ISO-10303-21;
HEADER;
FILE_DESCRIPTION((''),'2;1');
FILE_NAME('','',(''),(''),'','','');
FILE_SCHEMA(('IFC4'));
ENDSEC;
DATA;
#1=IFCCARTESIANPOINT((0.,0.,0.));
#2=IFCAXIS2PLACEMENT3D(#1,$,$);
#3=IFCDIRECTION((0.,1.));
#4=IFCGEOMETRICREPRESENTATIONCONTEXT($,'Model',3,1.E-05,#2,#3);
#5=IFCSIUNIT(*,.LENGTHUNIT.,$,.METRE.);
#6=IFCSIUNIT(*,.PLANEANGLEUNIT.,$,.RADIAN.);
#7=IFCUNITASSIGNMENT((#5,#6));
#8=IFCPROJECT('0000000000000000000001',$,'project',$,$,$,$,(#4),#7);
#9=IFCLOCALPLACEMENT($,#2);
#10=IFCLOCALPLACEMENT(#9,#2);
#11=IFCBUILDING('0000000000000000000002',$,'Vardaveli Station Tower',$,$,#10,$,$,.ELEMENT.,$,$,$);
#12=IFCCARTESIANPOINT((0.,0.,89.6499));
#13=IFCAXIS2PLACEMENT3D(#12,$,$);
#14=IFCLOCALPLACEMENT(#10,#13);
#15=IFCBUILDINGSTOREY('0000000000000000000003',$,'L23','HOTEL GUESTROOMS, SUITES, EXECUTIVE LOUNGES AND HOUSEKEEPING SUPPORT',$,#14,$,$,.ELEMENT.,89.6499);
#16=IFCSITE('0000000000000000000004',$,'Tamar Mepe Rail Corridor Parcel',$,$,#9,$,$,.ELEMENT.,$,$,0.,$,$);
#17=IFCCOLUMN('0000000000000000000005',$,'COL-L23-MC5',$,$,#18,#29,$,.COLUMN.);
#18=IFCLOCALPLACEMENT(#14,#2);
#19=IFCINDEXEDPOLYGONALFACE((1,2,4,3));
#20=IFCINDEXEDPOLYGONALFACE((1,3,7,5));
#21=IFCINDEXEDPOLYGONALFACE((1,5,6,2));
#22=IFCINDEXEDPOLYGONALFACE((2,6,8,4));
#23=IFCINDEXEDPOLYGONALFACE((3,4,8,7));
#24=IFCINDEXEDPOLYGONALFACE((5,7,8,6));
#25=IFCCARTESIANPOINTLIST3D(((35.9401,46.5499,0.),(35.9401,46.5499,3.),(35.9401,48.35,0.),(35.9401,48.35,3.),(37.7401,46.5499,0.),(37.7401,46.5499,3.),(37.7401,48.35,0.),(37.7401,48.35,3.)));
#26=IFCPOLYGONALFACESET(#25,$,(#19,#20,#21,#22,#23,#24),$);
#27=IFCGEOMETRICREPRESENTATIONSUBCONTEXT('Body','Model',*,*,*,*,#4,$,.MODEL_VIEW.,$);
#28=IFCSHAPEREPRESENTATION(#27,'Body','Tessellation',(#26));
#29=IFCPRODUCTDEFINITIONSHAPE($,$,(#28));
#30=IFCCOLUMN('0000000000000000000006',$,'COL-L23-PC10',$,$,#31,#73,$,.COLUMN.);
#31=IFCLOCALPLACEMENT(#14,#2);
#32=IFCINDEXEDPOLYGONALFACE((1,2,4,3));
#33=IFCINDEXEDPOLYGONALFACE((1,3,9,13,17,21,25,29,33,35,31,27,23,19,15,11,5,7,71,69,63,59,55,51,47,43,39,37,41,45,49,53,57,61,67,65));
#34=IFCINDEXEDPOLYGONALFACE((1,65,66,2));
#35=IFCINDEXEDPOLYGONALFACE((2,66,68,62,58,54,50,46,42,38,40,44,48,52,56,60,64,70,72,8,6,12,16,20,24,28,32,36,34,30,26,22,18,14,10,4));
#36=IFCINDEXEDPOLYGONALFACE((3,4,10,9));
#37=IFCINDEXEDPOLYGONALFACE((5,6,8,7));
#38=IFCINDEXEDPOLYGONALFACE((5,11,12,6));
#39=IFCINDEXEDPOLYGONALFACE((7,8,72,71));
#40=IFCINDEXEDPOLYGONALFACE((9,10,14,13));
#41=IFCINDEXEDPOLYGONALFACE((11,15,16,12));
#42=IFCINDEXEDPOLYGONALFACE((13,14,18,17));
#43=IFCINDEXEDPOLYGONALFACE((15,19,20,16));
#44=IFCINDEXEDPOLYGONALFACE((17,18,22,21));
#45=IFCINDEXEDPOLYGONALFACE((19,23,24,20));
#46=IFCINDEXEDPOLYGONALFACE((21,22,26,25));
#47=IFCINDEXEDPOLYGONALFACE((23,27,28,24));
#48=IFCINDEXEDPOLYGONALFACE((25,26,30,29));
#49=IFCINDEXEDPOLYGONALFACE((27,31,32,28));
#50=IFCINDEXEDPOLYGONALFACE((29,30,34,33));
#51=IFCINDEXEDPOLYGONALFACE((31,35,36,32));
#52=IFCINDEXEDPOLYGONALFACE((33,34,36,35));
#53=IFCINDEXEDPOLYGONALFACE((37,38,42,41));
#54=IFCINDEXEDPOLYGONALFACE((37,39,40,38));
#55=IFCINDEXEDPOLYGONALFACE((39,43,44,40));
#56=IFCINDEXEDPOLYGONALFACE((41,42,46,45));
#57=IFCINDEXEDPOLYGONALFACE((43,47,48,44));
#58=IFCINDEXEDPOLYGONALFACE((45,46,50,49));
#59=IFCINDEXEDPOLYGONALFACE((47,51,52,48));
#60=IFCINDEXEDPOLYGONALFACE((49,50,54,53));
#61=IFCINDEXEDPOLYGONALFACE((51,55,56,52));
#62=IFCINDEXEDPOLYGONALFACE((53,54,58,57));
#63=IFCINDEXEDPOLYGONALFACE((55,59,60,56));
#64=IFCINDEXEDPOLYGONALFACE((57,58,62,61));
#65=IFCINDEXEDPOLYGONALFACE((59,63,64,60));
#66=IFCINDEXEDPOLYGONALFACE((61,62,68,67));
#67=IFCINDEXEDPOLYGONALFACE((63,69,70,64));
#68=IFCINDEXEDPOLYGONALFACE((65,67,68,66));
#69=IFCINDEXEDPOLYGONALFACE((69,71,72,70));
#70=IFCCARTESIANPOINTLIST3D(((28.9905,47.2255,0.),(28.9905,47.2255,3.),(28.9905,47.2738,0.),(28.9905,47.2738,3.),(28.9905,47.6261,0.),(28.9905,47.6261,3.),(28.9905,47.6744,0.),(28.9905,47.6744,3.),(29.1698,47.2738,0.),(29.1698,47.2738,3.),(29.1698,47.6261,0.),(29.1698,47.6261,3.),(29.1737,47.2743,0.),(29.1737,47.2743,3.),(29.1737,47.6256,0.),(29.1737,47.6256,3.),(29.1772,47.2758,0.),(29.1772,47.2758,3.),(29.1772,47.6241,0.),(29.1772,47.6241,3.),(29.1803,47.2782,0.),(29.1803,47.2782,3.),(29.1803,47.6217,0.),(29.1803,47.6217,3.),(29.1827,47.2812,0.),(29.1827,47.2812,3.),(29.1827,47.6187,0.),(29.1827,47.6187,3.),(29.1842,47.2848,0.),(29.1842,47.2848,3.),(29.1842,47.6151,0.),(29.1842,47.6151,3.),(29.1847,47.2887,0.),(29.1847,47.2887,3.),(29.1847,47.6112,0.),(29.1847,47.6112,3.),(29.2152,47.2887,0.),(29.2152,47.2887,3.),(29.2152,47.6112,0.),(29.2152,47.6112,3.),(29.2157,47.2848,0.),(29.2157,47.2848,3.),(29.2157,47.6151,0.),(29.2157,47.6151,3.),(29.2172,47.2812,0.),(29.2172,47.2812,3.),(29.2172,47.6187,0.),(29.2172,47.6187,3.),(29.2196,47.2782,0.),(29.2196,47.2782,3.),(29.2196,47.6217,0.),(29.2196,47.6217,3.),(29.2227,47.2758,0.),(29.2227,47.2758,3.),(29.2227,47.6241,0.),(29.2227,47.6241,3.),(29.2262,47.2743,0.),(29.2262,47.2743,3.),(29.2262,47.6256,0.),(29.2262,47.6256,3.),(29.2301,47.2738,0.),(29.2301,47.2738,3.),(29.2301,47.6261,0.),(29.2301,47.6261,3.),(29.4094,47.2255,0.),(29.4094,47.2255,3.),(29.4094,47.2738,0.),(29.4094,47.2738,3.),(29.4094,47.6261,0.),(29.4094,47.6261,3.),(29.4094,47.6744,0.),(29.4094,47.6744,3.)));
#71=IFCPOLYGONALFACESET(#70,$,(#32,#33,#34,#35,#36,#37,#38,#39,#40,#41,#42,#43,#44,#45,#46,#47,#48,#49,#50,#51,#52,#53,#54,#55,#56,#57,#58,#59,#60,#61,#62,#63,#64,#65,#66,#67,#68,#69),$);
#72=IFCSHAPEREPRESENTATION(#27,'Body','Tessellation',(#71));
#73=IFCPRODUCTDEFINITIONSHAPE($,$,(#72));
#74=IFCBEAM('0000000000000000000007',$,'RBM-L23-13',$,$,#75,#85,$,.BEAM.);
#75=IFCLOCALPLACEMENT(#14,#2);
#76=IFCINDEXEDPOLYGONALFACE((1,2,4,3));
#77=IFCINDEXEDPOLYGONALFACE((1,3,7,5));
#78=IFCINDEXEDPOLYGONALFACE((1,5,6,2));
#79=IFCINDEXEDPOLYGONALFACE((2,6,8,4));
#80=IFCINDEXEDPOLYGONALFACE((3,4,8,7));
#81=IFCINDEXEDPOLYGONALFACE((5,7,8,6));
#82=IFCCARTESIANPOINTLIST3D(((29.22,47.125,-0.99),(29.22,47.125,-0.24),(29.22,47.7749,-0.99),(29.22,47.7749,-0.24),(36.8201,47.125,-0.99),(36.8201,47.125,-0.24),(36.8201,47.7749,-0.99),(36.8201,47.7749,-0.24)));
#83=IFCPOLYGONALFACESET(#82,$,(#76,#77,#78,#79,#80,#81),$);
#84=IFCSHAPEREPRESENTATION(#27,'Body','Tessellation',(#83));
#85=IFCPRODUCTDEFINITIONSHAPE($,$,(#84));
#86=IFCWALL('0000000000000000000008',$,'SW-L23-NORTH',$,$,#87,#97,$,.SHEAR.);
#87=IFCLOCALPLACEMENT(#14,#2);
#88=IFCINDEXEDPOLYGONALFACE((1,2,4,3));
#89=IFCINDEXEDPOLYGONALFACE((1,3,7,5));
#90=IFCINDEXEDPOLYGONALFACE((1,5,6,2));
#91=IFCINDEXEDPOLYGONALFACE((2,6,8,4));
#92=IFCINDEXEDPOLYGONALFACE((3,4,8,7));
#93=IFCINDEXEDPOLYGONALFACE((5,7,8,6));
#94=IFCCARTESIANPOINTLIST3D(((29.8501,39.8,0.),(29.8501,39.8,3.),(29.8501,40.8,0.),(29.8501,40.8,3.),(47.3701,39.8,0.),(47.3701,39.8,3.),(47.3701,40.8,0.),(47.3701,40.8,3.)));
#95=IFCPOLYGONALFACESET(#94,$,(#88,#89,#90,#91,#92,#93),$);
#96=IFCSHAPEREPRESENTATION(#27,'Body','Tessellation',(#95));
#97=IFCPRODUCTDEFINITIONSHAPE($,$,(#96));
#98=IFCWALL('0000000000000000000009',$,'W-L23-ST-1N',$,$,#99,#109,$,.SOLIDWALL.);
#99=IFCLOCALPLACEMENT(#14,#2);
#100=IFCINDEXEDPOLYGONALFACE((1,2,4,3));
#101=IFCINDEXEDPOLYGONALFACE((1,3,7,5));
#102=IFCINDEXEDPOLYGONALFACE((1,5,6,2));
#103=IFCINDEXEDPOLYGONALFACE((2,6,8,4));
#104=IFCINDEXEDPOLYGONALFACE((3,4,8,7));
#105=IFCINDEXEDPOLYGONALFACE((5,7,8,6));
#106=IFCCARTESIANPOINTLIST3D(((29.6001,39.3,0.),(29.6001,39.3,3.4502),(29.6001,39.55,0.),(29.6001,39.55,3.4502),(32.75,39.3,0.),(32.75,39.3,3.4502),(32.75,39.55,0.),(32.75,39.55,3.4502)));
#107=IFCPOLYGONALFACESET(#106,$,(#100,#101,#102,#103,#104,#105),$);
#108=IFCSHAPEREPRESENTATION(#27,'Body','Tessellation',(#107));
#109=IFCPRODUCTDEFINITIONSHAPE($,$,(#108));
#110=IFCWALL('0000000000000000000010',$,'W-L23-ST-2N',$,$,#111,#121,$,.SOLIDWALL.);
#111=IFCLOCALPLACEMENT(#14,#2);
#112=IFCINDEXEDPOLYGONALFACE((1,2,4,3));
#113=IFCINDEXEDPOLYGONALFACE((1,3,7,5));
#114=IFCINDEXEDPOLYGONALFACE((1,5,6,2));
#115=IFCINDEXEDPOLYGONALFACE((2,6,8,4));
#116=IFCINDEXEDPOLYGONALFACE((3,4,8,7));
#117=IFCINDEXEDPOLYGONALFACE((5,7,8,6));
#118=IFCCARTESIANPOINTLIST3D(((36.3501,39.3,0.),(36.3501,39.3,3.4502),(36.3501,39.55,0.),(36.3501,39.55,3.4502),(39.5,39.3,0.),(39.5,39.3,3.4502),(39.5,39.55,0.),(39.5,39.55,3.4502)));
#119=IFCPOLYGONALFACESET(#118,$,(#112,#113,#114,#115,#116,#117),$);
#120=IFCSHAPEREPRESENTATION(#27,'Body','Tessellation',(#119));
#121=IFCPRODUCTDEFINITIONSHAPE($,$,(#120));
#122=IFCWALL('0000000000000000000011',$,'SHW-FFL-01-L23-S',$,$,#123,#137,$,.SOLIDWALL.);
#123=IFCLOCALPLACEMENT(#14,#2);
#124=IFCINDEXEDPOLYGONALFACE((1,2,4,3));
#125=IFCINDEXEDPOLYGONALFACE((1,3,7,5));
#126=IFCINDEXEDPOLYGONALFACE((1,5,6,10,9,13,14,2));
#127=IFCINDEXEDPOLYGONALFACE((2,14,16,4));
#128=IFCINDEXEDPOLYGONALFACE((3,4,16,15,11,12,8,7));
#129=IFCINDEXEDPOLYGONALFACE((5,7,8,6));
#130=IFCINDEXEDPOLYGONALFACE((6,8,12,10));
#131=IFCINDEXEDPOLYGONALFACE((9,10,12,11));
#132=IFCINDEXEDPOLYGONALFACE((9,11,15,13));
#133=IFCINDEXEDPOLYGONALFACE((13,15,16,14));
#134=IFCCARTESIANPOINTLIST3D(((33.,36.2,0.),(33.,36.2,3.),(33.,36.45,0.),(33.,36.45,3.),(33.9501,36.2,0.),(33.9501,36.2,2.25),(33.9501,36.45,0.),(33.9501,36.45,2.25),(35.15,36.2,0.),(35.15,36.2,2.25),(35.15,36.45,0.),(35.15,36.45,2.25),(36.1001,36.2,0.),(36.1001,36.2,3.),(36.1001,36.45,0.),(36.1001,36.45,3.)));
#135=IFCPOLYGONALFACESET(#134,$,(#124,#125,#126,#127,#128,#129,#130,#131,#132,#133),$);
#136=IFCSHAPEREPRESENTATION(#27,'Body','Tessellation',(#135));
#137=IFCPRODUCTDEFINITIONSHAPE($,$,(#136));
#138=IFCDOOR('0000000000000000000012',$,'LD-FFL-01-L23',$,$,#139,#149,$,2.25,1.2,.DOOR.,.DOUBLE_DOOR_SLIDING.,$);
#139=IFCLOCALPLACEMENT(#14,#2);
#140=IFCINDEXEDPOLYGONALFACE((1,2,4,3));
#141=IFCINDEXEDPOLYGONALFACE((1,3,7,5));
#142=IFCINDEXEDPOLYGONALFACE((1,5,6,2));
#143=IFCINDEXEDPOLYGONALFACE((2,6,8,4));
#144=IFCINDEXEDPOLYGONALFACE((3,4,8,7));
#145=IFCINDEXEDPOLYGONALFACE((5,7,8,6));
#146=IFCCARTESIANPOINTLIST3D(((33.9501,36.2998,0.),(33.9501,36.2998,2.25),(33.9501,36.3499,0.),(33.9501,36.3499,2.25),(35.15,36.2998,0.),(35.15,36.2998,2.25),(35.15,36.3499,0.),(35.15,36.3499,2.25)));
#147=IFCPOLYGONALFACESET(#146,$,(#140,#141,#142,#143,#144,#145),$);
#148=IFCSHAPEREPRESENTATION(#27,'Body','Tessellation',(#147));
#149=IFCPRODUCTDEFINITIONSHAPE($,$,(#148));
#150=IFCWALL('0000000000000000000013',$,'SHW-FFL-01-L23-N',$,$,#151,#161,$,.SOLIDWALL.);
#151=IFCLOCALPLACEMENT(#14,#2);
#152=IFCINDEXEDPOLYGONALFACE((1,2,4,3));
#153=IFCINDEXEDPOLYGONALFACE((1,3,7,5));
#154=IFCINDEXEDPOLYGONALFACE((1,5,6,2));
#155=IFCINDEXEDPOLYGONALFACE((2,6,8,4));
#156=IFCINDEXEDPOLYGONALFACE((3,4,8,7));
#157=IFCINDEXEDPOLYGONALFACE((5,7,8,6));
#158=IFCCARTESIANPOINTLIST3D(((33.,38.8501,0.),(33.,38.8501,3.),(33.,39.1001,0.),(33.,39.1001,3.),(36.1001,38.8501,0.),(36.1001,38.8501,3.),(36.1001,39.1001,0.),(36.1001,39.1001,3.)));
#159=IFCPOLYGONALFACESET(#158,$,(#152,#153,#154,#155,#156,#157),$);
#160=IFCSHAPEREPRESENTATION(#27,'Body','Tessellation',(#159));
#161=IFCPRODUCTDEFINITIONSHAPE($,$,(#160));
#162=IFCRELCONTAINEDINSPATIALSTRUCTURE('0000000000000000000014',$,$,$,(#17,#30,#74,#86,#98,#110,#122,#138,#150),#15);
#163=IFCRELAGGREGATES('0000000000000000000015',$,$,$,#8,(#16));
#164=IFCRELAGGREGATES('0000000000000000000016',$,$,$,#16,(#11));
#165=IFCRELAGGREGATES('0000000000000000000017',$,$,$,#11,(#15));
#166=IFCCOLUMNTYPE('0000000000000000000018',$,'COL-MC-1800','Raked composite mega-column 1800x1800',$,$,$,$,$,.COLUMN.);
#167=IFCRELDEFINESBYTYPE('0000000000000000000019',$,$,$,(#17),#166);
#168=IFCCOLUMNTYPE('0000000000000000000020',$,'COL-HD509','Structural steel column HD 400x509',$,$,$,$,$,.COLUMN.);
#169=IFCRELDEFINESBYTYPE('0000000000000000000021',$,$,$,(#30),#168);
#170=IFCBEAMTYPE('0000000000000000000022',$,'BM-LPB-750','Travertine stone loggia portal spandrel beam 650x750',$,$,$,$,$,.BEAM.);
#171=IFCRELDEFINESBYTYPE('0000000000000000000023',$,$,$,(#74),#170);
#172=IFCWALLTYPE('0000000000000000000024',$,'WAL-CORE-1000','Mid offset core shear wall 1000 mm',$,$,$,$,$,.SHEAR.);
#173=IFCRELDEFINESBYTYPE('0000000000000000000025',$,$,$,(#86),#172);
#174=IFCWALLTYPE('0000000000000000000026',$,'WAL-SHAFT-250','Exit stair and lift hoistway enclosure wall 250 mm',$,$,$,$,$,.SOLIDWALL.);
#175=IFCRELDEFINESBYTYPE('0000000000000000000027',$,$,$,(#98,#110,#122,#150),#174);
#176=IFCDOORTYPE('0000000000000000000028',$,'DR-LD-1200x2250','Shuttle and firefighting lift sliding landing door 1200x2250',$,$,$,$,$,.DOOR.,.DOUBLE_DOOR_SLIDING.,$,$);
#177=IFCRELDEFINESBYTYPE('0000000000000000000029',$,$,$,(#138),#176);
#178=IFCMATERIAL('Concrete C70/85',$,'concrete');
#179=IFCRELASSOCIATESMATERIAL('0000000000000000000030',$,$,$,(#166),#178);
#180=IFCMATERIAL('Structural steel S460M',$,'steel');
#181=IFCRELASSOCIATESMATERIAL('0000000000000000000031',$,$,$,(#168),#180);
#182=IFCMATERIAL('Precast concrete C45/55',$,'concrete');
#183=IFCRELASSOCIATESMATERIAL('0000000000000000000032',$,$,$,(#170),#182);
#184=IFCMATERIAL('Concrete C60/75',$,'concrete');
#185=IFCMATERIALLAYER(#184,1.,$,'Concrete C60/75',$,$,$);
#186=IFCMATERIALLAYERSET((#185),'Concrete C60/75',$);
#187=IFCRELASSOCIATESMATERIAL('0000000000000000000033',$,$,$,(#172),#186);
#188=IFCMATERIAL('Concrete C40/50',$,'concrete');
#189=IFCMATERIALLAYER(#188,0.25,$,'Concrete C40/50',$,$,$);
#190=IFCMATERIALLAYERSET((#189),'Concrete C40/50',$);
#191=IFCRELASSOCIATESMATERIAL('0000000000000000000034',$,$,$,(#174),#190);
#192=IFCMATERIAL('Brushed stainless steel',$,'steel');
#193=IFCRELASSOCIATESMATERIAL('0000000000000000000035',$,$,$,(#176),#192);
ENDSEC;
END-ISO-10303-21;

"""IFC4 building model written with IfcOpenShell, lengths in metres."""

from ifc_helpers import new_model, si_unit, direction, frame, frame_2d, origin, origin_2d, place, context, subcontext, project, spatial, rectangle, i_section, extrude, source, transform, mapped, material, layer, layer_set, material_profile, profile_set, type_object, element, fill, save


model = new_model("IFC4")

# Units and contexts
model_context = context("Model", 3, precision=1e-05, world=origin(), true_north=direction((0.0, 1.0)))
body_context = subcontext(model_context, "Body", "Model", "MODEL_VIEW")
ifc_project = project(units=[si_unit("LENGTHUNIT", "METRE"), si_unit("PLANEANGLEUNIT", "RADIAN")], contexts=[model_context])

# Site, building, storey
site_placement = place(None, origin())
site = spatial("IfcSite", under=ifc_project, at=site_placement, Name="Tamar Mepe Rail Corridor Parcel", CompositionType="ELEMENT", RefElevation=0.0)
building_placement = place(site_placement, origin())
building = spatial("IfcBuilding", under=site, at=building_placement, Name="Vardaveli Station Tower", CompositionType="ELEMENT")
storey_placement = place(building_placement, frame((0.0, 0.0, 89.6499)))
storey = spatial("IfcBuildingStorey", under=building, at=storey_placement, Name="L23", Description="HOTEL GUESTROOMS, SUITES, EXECUTIVE LOUNGES AND HOUSEKEEPING SUPPORT", CompositionType="ELEMENT", Elevation=89.6499)

# Columns
ifc_material_1 = material(Name="Concrete C70/85", Category="concrete")
ifc_material_profile_1 = material_profile(ifc_material_1, rectangle(XDim=1.8, YDim=1.8, at=origin_2d()), Name="MC 1800x1800")
ifc_profile_set_1 = profile_set([ifc_material_profile_1], Name="Concrete C70/85")
column_type_1 = type_object("IfcColumnType", Name="COL-MC-1800", Description="Raked composite mega-column 1800x1800", PredefinedType="COLUMN", material=ifc_profile_set_1)
shared_shape_1 = source(origin(), body_context, "Body", "SweptSolid", [
    extrude(rectangle(XDim=1.8, YDim=1.8, at=origin_2d()), origin(), (0.0, 0.0, 1.0), 3.0),
])
column_1_placement = place(storey_placement, frame((36.8401, 47.45, 0.0), z_axis=(0.0, 0.0, 1.0), x_axis=(1.0, 0.0, 0.0)))
element("IfcColumn", 1, at=column_1_placement, inside=storey, type_object=column_type_1, Name="COL-L23-MC5", PredefinedType="COLUMN", context=body_context, shape_type="MappedRepresentation", body=[
    mapped(shared_shape_1, transform((0.0, 0.0, 0.0), scale=1.0)),
])
ifc_material_2 = material(Name="Structural steel S460M", Category="steel")
ifc_material_profile_2 = material_profile(ifc_material_2, i_section(OverallWidth=0.4189, OverallDepth=0.449, WebThickness=0.0305, FlangeThickness=0.0483, FilletRadius=0.0149, at=origin_2d()), Name="HD 400x509")
ifc_profile_set_2 = profile_set([ifc_material_profile_2], Name="Structural steel S460M")
column_type_2 = type_object("IfcColumnType", Name="COL-HD509", Description="Structural steel column HD 400x509", PredefinedType="COLUMN", material=ifc_profile_set_2)
shared_shape_2 = source(origin(), body_context, "Body", "SweptSolid", [
    extrude(i_section(OverallWidth=0.4189, OverallDepth=0.449, WebThickness=0.0305, FlangeThickness=0.0483, FilletRadius=0.0149, at=origin_2d()), origin(), (0.0, 0.0, 1.0), 3.0),
])
column_2_placement = place(storey_placement, frame((29.2, 47.45, 0.0), z_axis=(0.0, 0.0, 1.0), x_axis=(1.0, 0.0, 0.0)))
element("IfcColumn", 2, at=column_2_placement, inside=storey, type_object=column_type_2, Name="COL-L23-PC10", PredefinedType="COLUMN", context=body_context, shape_type="MappedRepresentation", body=[
    mapped(shared_shape_2, transform((0.0, 0.0, 0.0), scale=1.0)),
])

# Beam
ifc_material_3 = material(Name="Precast concrete C45/55", Category="concrete")
ifc_material_profile_3 = material_profile(ifc_material_3, rectangle(XDim=0.6499, YDim=0.75, at=origin_2d()), Name="LPB 650x750")
ifc_profile_set_3 = profile_set([ifc_material_profile_3], Name="Precast concrete C45/55")
beam_type = type_object("IfcBeamType", Name="BM-LPB-750", Description="Travertine stone loggia portal spandrel beam 650x750", PredefinedType="BEAM", material=ifc_profile_set_3)
shared_shape_3 = source(origin(), body_context, "Body", "SweptSolid", [
    extrude(rectangle(XDim=0.6499, YDim=0.75, at=origin_2d()), origin(), (0.0, 0.0, 1.0), 7.6001),
])
beam_placement = place(storey_placement, frame((36.8201, 47.45, -0.615), z_axis=(-1.0, 0.0, 0.0), x_axis=(0.0, -1.0, 0.0)))
element("IfcBeam", 3, at=beam_placement, inside=storey, type_object=beam_type, Name="RBM-L23-13", PredefinedType="BEAM", context=body_context, shape_type="MappedRepresentation", body=[
    mapped(shared_shape_3, transform((0.0, 0.0, 0.0), scale=1.0)),
])

# Walls
ifc_material_4 = material(Name="Concrete C60/75", Category="concrete")
ifc_layer_1 = layer(ifc_material_4, 1.0, Name="Concrete C60/75")
ifc_layer_set_1 = layer_set([ifc_layer_1], Name="Concrete C60/75")
wall_type_1 = type_object("IfcWallType", Name="WAL-CORE-1000", Description="Mid offset core shear wall 1000 mm", PredefinedType="SHEAR", material=ifc_layer_set_1)
shared_shape_4 = source(origin(), body_context, "Body", "SweptSolid", [
    extrude(rectangle(XDim=17.52, YDim=1.0, at=frame_2d((8.76, 0.0))), origin(), (0.0, 0.0, 1.0), 3.0),
])
wall_1_placement = place(storey_placement, frame((29.8501, 40.3, 0.0), z_axis=(0.0, 0.0, 1.0), x_axis=(1.0, 0.0, 0.0)))
element("IfcWall", 4, at=wall_1_placement, inside=storey, type_object=wall_type_1, Name="SW-L23-NORTH", PredefinedType="SHEAR", context=body_context, shape_type="MappedRepresentation", body=[
    mapped(shared_shape_4, transform((0.0, 0.0, 0.0), scale=1.0)),
])
ifc_material_5 = material(Name="Concrete C40/50", Category="concrete")
ifc_layer_2 = layer(ifc_material_5, 0.25, Name="Concrete C40/50")
ifc_layer_set_2 = layer_set([ifc_layer_2], Name="Concrete C40/50")
wall_type_2 = type_object("IfcWallType", Name="WAL-SHAFT-250", Description="Exit stair and lift hoistway enclosure wall 250 mm", PredefinedType="SOLIDWALL", material=ifc_layer_set_2)
shared_shape_5 = source(origin(), body_context, "Body", "SweptSolid", [
    extrude(rectangle(XDim=3.1499, YDim=0.25, at=frame_2d((1.575, 0.0))), origin(), (0.0, 0.0, 1.0), 3.4502),
])
for number, where, z_axis, x_axis, name in (
    (5, (29.6001, 39.425, 0.0), (0.0, 0.0, 1.0), (1.0, 0.0, 0.0), "W-L23-ST-1N"),
    (6, (36.3501, 39.425, 0.0), (0.0, 0.0, 1.0), (1.0, 0.0, 0.0), "W-L23-ST-2N"),
):
    element("IfcWall", number, at=place(storey_placement, frame(where, z_axis=z_axis, x_axis=x_axis)), inside=storey, type_object=wall_type_2, Name=name, PredefinedType="SOLIDWALL", context=body_context, shape_type="MappedRepresentation", body=[
        mapped(shared_shape_5, transform((0.0, 0.0, 0.0), scale=1.0)),
    ])

# Wall, opening, door
shared_shape_6 = source(origin(), body_context, "Body", "SweptSolid", [
    extrude(rectangle(XDim=3.1001, YDim=0.25, at=frame_2d((1.55, 0.0))), origin(), (0.0, 0.0, 1.0), 3.0),
])
wall_2_placement = place(storey_placement, frame((33.0, 36.325, 0.0), z_axis=(0.0, 0.0, 1.0), x_axis=(1.0, 0.0, 0.0)))
wall_2 = element("IfcWall", 7, at=wall_2_placement, inside=storey, type_object=wall_type_2, Name="SHW-FFL-01-L23-S", PredefinedType="SOLIDWALL", context=body_context, shape_type="MappedRepresentation", body=[
    mapped(shared_shape_6, transform((0.0, 0.0, 0.0), scale=1.0)),
])
shared_shape_7 = source(origin(), body_context, "Body", "SweptSolid", [
    extrude(rectangle(XDim=1.2, YDim=2.25, at=frame_2d((0.6001, 1.125))), frame((0.0, 0.135, 0.0), z_axis=(0.0, -1.0, 0.0), x_axis=(1.0, 0.0, 0.0)), (0.0, 0.0, 1.0), 0.27),
])
opening_1_placement = place(wall_2_placement, frame((0.95, 0.0, 0.0)))
opening_1 = element("IfcOpeningElement", 8, at=opening_1_placement, cuts=wall_2, PredefinedType="OPENING", context=body_context, shape_type="MappedRepresentation", body=[
    mapped(shared_shape_7, transform((0.0, 0.0, 0.0), scale=1.0)),
])
ifc_material_6 = material(Name="Brushed stainless steel", Category="steel")
door_type = type_object("IfcDoorType", Name="DR-LD-1200x2250", Description="Shuttle and firefighting lift sliding landing door 1200x2250", OperationType="DOUBLE_DOOR_SLIDING", PredefinedType="DOOR", material=ifc_material_6)
shared_shape_8 = source(origin(), body_context, "Body", "SweptSolid", [
    extrude(rectangle(XDim=1.2, YDim=2.25, at=frame_2d((0.6001, 1.125))), frame((0.0, 0.0249, 0.0), z_axis=(0.0, -1.0, 0.0), x_axis=(1.0, 0.0, 0.0)), (0.0, 0.0, 1.0), 0.05),
])
door_1_placement = place(opening_1_placement, origin())
door_1 = element("IfcDoor", 9, at=door_1_placement, inside=storey, type_object=door_type, Name="LD-FFL-01-L23", OperationType="DOUBLE_DOOR_SLIDING", OverallHeight=2.25, OverallWidth=1.2, PredefinedType="DOOR", context=body_context, shape_type="MappedRepresentation", body=[
    mapped(shared_shape_8, transform((0.0, 0.0, 0.0), scale=1.0)),
])
fill(opening_1, door_1)

# Wall
wall_3_placement = place(storey_placement, frame((33.0, 38.9751, 0.0), z_axis=(0.0, 0.0, 1.0), x_axis=(1.0, 0.0, 0.0)))
element("IfcWall", 10, at=wall_3_placement, inside=storey, type_object=wall_type_2, Name="SHW-FFL-01-L23-N", PredefinedType="SOLIDWALL", context=body_context, shape_type="MappedRepresentation", body=[
    mapped(shared_shape_6, transform((0.0, 0.0, 0.0), scale=1.0)),
])

save(model, "model.ifc")
